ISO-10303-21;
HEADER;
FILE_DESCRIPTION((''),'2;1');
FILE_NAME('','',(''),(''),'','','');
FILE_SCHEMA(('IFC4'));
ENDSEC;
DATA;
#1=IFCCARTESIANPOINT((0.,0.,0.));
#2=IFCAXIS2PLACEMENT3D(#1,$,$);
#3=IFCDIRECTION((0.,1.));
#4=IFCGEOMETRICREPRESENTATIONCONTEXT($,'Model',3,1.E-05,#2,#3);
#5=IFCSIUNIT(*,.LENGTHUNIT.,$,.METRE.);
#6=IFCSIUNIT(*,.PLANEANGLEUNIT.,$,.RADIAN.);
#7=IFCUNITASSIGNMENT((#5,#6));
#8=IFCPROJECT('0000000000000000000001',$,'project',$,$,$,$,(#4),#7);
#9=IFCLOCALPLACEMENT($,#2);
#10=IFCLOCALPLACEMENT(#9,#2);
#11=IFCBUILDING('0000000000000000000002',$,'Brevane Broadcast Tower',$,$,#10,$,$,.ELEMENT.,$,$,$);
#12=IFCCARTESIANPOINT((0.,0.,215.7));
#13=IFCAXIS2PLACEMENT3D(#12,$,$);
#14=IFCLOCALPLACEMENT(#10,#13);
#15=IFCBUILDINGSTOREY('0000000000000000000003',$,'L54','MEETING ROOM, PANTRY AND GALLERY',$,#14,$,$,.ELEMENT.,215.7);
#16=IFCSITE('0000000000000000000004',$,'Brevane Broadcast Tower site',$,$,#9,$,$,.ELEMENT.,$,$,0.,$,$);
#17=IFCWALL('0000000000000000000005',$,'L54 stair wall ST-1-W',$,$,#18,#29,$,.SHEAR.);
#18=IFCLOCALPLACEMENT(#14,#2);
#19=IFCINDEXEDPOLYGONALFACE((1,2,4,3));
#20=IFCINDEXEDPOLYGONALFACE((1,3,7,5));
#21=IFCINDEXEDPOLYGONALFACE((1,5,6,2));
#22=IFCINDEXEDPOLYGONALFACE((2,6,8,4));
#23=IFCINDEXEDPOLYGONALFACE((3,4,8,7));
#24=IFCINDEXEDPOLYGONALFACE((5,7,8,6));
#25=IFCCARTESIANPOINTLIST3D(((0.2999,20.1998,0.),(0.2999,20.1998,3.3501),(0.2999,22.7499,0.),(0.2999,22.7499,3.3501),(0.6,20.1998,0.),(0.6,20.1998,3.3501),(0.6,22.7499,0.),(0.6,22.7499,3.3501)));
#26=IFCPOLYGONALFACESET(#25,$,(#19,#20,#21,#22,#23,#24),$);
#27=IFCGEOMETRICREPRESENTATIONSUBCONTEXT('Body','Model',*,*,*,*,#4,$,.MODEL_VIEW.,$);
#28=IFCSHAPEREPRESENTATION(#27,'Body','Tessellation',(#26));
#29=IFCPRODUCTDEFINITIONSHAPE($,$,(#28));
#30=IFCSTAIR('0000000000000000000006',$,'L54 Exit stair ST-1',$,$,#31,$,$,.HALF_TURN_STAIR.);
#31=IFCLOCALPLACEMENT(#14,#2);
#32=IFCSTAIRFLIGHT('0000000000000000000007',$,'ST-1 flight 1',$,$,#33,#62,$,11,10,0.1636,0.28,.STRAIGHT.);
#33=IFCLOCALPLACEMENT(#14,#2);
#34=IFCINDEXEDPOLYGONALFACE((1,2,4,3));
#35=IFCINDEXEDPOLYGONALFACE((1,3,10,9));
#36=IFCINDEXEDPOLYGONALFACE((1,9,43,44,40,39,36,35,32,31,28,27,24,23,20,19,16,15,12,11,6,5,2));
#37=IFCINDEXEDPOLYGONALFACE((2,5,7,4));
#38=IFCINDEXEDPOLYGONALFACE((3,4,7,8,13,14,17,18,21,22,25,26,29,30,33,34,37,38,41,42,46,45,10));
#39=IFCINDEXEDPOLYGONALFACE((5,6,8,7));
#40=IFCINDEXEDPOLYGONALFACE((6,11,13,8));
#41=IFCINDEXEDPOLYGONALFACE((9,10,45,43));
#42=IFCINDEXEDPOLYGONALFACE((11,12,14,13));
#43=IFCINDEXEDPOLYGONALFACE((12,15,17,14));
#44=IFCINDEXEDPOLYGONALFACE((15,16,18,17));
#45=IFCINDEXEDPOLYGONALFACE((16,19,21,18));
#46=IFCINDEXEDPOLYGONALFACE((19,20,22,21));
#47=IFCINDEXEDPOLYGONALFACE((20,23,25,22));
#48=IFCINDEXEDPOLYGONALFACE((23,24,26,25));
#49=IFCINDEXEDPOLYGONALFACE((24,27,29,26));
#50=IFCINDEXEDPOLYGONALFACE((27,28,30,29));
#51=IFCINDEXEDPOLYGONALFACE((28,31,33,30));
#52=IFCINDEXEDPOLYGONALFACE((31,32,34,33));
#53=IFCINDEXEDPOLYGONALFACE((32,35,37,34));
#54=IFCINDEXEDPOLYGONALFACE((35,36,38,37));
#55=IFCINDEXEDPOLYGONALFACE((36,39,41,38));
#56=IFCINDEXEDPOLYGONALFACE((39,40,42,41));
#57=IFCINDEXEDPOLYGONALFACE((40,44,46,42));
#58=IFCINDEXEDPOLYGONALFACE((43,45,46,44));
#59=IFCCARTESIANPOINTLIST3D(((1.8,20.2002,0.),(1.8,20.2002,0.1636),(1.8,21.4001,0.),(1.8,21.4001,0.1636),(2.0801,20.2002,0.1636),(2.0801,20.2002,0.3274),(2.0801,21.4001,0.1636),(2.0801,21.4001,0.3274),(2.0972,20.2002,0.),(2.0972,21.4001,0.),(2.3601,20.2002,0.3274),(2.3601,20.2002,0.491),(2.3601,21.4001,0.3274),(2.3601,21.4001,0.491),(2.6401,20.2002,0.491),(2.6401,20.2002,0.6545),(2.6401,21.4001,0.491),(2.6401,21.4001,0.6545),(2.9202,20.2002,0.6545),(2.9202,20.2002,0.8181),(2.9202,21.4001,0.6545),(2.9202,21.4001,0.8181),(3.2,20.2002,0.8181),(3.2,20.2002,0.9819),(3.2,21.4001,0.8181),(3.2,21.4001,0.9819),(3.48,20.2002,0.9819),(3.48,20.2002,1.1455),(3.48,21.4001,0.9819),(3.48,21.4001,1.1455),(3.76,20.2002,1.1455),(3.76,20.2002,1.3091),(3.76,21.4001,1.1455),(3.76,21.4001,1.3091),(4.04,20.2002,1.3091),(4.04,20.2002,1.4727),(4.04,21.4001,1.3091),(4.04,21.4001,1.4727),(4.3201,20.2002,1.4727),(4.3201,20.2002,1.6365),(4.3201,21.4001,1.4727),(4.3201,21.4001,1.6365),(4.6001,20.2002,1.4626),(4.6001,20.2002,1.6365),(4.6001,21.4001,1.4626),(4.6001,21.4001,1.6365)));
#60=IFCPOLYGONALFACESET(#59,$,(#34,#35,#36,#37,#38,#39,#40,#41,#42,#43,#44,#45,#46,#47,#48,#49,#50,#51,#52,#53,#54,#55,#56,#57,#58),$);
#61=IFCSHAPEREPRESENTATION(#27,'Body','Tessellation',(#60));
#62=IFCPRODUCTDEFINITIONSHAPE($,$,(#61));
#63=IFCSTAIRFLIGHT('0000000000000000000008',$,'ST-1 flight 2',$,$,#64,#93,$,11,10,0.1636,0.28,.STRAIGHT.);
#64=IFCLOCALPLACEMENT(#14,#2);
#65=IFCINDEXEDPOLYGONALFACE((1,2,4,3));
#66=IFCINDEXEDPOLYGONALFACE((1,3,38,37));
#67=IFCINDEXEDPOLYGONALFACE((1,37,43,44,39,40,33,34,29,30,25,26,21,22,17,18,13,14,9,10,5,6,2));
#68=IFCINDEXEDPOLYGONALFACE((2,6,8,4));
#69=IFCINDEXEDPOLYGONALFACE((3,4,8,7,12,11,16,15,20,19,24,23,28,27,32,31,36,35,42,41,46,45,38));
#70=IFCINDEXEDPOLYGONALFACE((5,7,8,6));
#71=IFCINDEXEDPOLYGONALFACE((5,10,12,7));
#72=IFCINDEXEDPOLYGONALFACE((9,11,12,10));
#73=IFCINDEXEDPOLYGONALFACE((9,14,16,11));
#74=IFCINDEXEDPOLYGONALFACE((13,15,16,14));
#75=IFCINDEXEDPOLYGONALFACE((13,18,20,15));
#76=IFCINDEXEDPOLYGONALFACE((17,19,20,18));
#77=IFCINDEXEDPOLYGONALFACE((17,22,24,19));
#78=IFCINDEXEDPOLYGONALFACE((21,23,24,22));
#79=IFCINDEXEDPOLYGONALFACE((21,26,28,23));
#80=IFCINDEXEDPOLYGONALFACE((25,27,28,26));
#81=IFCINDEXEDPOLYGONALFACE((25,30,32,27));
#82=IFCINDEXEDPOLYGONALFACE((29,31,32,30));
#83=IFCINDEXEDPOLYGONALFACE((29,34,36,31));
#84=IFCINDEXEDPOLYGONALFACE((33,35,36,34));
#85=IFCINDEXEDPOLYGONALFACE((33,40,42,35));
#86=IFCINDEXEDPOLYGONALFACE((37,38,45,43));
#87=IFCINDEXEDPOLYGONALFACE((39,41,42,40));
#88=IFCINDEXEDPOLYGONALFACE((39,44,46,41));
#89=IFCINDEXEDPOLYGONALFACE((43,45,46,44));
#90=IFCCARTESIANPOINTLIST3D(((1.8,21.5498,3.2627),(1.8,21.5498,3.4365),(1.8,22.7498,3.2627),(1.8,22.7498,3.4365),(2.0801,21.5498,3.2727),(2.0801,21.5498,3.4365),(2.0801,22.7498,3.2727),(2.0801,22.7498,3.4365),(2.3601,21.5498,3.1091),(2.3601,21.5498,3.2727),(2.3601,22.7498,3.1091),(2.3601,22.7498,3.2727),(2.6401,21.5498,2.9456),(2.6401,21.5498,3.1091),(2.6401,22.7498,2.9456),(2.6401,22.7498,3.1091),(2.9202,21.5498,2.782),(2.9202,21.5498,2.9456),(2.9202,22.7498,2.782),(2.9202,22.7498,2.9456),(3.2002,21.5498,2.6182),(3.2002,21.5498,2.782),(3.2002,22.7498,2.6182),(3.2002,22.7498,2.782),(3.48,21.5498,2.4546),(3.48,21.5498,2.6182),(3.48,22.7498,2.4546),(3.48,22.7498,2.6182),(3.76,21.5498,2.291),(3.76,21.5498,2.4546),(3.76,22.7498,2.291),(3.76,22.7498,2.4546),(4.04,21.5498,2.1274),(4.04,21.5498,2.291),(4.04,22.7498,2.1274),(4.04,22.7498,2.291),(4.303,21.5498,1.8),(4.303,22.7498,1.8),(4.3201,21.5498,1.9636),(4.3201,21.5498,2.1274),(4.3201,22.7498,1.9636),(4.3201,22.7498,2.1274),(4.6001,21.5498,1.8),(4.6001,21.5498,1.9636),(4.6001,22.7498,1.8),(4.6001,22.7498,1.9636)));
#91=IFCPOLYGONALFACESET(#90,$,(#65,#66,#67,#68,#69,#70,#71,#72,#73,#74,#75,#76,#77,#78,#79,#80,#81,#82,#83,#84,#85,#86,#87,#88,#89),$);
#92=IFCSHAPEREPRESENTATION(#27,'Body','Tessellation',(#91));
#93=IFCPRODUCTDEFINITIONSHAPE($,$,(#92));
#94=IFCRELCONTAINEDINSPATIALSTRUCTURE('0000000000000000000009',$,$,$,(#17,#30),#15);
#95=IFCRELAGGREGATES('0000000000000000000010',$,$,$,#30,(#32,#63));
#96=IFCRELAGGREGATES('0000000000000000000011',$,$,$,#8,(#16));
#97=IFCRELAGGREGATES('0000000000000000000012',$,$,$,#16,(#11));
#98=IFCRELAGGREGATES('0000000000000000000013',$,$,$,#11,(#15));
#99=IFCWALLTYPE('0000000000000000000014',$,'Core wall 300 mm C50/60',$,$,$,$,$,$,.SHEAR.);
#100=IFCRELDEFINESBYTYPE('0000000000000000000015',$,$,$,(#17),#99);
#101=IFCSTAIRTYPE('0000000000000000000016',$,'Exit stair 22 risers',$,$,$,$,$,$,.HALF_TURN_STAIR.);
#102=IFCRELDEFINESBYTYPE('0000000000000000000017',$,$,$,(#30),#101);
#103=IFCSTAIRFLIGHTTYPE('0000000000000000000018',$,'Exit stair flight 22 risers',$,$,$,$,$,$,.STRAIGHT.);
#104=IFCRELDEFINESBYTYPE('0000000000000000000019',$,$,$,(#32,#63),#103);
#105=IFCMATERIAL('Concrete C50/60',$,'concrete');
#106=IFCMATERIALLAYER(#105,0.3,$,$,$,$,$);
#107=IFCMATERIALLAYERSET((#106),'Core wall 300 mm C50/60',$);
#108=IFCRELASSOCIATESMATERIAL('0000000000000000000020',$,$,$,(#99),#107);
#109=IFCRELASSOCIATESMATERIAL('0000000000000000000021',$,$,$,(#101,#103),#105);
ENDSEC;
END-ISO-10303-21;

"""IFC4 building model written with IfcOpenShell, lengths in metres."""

from ifc_helpers import new_model, si_unit, direction, frame, frame_2d, origin, place, context, subcontext, project, spatial, polyline, rectangle, outline, extrude, material, layer, layer_set, type_object, element, aggregate, save


model = new_model("IFC4")

# Units and contexts
model_context = context("Model", 3, precision=1e-05, world=origin(), true_north=direction((0.0, 1.0)))
body_context = subcontext(model_context, "Body", "Model", "MODEL_VIEW")
ifc_project = project(units=[si_unit("LENGTHUNIT", "METRE"), si_unit("PLANEANGLEUNIT", "RADIAN")], contexts=[model_context])

# Site, building, storey
site_placement = place(None, origin())
site = spatial("IfcSite", under=ifc_project, at=site_placement, Name="Brevane Broadcast Tower site", CompositionType="ELEMENT", RefElevation=0.0)
building_placement = place(site_placement, origin())
building = spatial("IfcBuilding", under=site, at=building_placement, Name="Brevane Broadcast Tower", CompositionType="ELEMENT")
storey_placement = place(building_placement, frame((0.0, 0.0, 215.7)))
storey = spatial("IfcBuildingStorey", under=building, at=storey_placement, Name="L54", Description="MEETING ROOM, PANTRY AND GALLERY", CompositionType="ELEMENT", Elevation=215.7)

# Shared definitions
ifc_material_1 = material(Name="Concrete C50/60", Category="concrete")

# Shared definitions
ifc_layer = layer(ifc_material_1, 0.3)
ifc_layer_set = layer_set([ifc_layer], Name="Core wall 300 mm C50/60")
wall_type = type_object("IfcWallType", Name="Core wall 300 mm C50/60", PredefinedType="SHEAR", material=ifc_layer_set)

# Wall
wall_1_placement = place(storey_placement, frame((0.45, 20.2, 0.0), z_axis=(0.0, 0.0, 1.0), x_axis=(0.0, 1.0, 0.0)))
element("IfcWall", 1, at=wall_1_placement, inside=storey, type_object=wall_type, Name="L54 stair wall ST-1-W", PredefinedType="SHEAR", context=body_context, shape_type="SweptSolid", body=[
    extrude(rectangle(XDim=2.55, YDim=0.3, at=frame_2d((1.2749, 0.0))), origin(), (0.0, 0.0, 1.0), 3.3501),
])

# Stair, stair flights
stair_type = type_object("IfcStairType", Name="Exit stair 22 risers", PredefinedType="HALF_TURN_STAIR", material=ifc_material_1)
stair_placement = place(storey_placement, origin())
stair = element("IfcStair", 2, at=stair_placement, inside=storey, type_object=stair_type, Name="L54 Exit stair ST-1", PredefinedType="HALF_TURN_STAIR")
stair_flight_type = type_object("IfcStairFlightType", Name="Exit stair flight 22 risers", PredefinedType="STRAIGHT", material=ifc_material_1)
stair_flight_1_placement = place(storey_placement, frame((1.8, 20.8, 0.0), z_axis=(0.0, 0.0, 1.0), x_axis=(1.0, 0.0, 0.0)))
stair_flight_1 = element("IfcStairFlight", 3, at=stair_flight_1_placement, type_object=stair_flight_type, Name="ST-1 flight 1", NumberOfRisers=11, NumberOfTreads=10, PredefinedType="STRAIGHT", RiserHeight=0.1636, TreadLength=0.28, context=body_context, shape_type="SweptSolid", body=[
    extrude(outline(polyline([(0.0, 0.0), (0.0, 0.1636), (0.28, 0.1636), (0.28, 0.3274), (0.5601, 0.3274), (0.5601, 0.491), (0.8401, 0.491), (0.8401, 0.6545), (1.1201, 0.6545), (1.1201, 0.8181), (1.3999, 0.8181), (1.3999, 0.9819), (1.6799, 0.9819), (1.6799, 1.1455), (1.96, 1.1455), (1.96, 1.3091), (2.24, 1.3091), (2.24, 1.4727), (2.52, 1.4727), (2.52, 1.6365), (2.8, 1.6365), (2.8, 1.8), (2.8, 1.4626), (0.2971, 0.0), (0.0, 0.0)])), frame((0.0, 0.6001, 0.0), z_axis=(0.0, -1.0, 0.0), x_axis=(1.0, 0.0, 0.0)), (0.0, 0.0, 1.0), 1.2),
])
stair_flight_2_placement = place(storey_placement, frame((4.6001, 22.1499, 1.8), z_axis=(0.0, 0.0, 1.0), x_axis=(-1.0, 0.0, 0.0)))
stair_flight_2 = element("IfcStairFlight", 4, at=stair_flight_2_placement, type_object=stair_flight_type, Name="ST-1 flight 2", NumberOfRisers=11, NumberOfTreads=10, PredefinedType="STRAIGHT", RiserHeight=0.1636, TreadLength=0.28, context=body_context, shape_type="SweptSolid", body=[
    extrude(outline(polyline([(0.0, 0.0), (0.0, 0.1636), (0.28, 0.1636), (0.28, 0.3274), (0.5601, 0.3274), (0.5601, 0.491), (0.8401, 0.491), (0.8401, 0.6545), (1.1201, 0.6545), (1.1201, 0.8181), (1.3999, 0.8181), (1.3999, 0.9819), (1.6799, 0.9819), (1.6799, 1.1455), (1.96, 1.1455), (1.96, 1.3091), (2.24, 1.3091), (2.24, 1.4727), (2.52, 1.4727), (2.52, 1.6365), (2.8, 1.6365), (2.8, 1.8), (2.8, 1.4626), (0.2971, 0.0), (0.0, 0.0)])), frame((0.0, 0.6001, 0.0), z_axis=(0.0, -1.0, 0.0), x_axis=(1.0, 0.0, 0.0)), (0.0, 0.0, 1.0), 1.2),
])
aggregate(stair, [stair_flight_1, stair_flight_2])

save(model, "model.ifc")
